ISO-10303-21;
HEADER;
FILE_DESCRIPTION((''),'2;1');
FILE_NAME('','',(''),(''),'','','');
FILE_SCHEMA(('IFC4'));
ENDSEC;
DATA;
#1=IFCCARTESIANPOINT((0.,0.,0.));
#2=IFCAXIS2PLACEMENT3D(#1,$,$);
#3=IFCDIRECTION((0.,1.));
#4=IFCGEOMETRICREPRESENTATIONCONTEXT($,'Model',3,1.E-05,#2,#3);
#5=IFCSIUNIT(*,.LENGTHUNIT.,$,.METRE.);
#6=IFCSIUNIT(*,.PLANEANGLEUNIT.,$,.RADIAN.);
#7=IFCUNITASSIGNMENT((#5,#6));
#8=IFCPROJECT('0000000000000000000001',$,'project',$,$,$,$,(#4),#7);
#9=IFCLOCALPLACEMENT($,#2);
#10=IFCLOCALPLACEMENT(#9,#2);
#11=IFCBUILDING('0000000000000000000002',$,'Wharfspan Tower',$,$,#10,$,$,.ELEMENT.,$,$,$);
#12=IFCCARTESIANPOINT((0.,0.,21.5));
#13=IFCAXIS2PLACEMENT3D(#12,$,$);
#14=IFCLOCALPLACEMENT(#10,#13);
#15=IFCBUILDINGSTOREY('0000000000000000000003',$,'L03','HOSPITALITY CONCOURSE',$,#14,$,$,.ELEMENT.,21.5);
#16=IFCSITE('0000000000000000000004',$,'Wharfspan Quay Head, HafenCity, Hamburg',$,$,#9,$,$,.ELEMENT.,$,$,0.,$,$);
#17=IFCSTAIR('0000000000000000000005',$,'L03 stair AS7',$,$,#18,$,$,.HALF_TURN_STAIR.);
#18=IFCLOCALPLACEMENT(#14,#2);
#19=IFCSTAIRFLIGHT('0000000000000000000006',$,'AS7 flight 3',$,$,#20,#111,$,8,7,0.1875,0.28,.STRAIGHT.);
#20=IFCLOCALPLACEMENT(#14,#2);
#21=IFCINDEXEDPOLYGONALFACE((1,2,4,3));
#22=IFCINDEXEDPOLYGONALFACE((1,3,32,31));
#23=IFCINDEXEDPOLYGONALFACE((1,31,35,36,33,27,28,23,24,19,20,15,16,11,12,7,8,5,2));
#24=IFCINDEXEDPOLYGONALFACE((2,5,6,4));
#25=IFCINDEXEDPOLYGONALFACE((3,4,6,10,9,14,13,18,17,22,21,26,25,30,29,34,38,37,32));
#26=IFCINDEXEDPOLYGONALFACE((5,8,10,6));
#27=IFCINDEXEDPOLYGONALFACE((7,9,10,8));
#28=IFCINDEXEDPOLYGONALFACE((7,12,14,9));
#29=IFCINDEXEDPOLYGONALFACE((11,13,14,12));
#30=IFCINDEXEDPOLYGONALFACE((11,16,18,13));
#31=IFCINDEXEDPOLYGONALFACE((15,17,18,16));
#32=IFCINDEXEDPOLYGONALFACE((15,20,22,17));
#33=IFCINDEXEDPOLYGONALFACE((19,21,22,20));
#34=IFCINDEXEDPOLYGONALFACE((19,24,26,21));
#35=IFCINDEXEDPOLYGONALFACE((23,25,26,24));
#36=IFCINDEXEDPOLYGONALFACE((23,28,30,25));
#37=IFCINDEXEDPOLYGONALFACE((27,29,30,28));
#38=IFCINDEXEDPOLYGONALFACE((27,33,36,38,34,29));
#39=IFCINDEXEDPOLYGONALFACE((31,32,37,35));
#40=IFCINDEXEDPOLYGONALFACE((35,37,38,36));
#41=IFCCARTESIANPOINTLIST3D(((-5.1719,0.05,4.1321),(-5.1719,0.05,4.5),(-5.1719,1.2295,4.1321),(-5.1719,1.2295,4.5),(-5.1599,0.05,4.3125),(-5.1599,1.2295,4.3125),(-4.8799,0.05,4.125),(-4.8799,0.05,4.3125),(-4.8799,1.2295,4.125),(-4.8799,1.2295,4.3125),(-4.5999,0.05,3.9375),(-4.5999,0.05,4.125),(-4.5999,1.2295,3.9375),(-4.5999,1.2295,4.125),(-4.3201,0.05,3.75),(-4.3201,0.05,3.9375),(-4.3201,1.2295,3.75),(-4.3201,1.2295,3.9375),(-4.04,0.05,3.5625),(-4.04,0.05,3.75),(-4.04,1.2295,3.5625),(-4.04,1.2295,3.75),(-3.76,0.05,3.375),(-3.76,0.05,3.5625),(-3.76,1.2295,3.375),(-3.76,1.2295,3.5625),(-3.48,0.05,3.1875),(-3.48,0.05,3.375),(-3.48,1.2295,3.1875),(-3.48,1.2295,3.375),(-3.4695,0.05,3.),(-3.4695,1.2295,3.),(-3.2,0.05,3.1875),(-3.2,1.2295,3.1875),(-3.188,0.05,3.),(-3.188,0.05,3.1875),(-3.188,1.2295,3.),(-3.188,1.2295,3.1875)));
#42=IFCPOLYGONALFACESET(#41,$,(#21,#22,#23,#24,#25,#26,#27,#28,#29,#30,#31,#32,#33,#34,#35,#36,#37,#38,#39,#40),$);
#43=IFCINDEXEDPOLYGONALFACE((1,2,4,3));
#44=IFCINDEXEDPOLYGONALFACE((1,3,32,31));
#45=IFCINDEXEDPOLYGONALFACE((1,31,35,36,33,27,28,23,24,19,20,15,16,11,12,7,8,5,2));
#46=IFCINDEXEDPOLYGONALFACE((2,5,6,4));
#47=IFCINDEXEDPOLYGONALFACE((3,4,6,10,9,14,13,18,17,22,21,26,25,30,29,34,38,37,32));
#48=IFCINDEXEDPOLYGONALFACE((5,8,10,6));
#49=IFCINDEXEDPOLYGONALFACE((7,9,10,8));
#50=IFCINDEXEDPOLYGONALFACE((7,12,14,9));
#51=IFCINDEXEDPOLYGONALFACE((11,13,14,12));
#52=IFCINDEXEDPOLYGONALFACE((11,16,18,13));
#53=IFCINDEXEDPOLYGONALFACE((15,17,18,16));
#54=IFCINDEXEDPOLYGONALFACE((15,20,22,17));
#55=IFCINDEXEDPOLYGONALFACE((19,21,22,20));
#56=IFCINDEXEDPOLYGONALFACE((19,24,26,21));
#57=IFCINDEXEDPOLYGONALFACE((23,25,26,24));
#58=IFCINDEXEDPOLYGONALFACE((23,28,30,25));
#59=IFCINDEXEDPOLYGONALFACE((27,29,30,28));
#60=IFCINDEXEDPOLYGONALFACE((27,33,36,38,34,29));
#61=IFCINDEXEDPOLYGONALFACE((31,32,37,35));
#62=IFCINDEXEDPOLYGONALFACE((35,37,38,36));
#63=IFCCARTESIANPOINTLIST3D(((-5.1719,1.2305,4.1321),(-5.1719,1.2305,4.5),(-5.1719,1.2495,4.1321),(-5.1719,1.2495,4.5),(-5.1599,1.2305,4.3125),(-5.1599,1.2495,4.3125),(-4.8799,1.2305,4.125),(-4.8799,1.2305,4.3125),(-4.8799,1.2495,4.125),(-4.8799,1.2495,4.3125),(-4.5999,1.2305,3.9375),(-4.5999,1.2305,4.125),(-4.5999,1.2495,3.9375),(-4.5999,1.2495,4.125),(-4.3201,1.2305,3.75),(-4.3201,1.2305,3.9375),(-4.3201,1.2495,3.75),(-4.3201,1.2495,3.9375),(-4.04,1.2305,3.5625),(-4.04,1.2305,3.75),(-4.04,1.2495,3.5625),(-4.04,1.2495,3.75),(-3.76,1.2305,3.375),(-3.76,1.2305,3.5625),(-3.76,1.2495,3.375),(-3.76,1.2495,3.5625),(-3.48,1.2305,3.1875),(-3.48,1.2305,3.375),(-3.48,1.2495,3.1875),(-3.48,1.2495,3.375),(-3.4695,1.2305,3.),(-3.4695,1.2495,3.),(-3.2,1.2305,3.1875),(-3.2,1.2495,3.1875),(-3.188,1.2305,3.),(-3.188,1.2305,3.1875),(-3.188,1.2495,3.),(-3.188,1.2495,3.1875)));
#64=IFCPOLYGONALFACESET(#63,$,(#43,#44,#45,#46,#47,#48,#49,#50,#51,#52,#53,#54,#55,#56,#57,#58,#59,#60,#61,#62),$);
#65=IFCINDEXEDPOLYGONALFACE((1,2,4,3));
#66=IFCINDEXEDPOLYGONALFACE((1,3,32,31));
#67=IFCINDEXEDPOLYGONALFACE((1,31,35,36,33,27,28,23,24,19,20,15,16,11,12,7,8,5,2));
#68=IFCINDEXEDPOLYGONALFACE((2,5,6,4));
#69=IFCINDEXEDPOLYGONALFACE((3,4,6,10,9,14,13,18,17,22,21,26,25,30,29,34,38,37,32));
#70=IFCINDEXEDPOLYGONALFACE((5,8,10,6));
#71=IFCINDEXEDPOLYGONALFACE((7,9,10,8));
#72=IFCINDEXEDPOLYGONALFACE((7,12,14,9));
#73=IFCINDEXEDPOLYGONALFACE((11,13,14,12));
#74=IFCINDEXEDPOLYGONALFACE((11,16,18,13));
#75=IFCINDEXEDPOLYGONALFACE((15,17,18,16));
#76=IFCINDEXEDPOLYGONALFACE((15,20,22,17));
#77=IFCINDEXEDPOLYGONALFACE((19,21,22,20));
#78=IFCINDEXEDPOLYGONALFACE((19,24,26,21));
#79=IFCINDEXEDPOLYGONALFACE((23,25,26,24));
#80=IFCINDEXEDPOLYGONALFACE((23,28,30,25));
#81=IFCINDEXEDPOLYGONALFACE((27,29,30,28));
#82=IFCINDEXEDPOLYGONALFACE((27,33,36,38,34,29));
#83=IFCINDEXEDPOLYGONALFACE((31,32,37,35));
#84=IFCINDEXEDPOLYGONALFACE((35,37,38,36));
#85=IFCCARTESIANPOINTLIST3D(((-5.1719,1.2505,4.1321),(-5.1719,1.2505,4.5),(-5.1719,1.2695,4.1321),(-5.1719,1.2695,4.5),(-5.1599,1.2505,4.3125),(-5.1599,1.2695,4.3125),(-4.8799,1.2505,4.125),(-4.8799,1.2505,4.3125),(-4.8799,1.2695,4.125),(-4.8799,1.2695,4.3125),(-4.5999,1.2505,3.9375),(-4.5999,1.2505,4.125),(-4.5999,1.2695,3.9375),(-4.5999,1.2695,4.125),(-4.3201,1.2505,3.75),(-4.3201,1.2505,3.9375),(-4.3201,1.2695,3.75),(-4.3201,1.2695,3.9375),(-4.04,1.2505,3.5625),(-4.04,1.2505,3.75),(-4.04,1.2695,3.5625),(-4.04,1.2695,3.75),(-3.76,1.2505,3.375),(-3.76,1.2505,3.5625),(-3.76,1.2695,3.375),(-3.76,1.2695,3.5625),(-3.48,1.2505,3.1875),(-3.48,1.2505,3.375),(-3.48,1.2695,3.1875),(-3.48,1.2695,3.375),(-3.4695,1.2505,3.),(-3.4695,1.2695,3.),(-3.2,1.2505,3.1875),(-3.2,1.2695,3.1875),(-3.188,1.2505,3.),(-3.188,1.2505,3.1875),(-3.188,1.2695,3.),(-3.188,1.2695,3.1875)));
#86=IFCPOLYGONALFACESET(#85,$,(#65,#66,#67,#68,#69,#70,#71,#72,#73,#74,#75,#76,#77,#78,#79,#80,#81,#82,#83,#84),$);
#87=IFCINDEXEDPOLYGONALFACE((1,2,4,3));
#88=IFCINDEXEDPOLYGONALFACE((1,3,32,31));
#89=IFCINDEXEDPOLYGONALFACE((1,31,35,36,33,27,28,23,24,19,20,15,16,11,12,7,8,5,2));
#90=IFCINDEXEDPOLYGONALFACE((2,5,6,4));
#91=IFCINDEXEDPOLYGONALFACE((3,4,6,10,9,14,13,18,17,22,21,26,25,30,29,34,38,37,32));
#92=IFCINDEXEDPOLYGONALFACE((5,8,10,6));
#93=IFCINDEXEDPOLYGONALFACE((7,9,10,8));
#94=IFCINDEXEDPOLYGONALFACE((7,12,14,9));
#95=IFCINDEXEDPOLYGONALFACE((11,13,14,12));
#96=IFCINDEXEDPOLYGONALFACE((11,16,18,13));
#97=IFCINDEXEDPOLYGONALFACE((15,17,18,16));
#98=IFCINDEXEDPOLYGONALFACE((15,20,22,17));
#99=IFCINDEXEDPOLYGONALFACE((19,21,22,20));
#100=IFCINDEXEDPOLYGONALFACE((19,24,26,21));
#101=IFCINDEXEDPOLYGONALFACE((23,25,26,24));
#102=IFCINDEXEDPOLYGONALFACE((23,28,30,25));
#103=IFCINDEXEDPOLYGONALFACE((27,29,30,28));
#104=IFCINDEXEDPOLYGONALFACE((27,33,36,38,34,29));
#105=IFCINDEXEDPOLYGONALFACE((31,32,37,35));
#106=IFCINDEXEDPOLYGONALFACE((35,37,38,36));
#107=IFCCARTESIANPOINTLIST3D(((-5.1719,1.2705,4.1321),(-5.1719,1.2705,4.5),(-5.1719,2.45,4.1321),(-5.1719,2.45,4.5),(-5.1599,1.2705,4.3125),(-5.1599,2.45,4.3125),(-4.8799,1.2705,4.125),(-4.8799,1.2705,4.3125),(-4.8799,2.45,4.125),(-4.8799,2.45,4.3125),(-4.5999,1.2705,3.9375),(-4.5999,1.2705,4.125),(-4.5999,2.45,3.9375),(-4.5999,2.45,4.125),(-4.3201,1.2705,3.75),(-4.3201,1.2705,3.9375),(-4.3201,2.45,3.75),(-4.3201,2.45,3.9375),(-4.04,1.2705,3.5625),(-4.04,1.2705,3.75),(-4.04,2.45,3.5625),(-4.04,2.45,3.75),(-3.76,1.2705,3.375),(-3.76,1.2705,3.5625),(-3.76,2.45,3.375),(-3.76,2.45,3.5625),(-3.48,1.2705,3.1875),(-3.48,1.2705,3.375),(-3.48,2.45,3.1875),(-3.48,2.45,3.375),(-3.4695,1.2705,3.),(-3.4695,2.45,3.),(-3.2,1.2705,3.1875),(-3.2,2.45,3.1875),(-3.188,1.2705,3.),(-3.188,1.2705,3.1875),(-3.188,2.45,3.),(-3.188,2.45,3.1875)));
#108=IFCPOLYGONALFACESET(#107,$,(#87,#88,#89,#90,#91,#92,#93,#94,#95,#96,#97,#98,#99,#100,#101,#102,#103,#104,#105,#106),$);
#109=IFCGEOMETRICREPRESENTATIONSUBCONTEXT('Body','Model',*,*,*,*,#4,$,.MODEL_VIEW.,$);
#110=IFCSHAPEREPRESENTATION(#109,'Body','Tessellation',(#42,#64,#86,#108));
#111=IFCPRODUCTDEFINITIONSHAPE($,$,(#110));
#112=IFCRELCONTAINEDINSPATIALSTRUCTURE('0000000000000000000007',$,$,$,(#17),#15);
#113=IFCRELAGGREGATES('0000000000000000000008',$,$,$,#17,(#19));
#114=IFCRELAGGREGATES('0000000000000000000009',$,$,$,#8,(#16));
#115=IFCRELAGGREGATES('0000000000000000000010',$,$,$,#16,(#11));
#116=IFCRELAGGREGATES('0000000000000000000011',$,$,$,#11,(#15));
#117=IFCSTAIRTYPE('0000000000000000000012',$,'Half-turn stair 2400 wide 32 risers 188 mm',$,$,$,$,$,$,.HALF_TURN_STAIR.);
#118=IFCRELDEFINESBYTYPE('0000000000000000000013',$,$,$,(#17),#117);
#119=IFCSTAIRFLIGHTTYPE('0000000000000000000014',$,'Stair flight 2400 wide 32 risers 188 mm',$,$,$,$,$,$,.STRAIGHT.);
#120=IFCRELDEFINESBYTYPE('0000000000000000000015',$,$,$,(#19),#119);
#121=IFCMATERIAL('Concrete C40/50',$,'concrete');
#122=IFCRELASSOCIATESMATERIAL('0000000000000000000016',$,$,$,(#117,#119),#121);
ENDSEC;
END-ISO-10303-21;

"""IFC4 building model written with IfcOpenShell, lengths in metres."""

from ifc_helpers import new_model, si_unit, direction, frame, origin, place, context, subcontext, project, spatial, polyline, outline, extrude, material, type_object, element, aggregate, save


model = new_model("IFC4")

# Units and contexts
model_context = context("Model", 3, precision=1e-05, world=origin(), true_north=direction((0.0, 1.0)))
body_context = subcontext(model_context, "Body", "Model", "MODEL_VIEW")
ifc_project = project(units=[si_unit("LENGTHUNIT", "METRE"), si_unit("PLANEANGLEUNIT", "RADIAN")], contexts=[model_context])

# Site, building, storey
site_placement = place(None, origin())
site = spatial("IfcSite", under=ifc_project, at=site_placement, Name="Wharfspan Quay Head, HafenCity, Hamburg", CompositionType="ELEMENT", RefElevation=0.0)
building_placement = place(site_placement, origin())
building = spatial("IfcBuilding", under=site, at=building_placement, Name="Wharfspan Tower", CompositionType="ELEMENT")
storey_placement = place(building_placement, frame((0.0, 0.0, 21.5)))
storey = spatial("IfcBuildingStorey", under=building, at=storey_placement, Name="L03", Description="HOSPITALITY CONCOURSE", CompositionType="ELEMENT", Elevation=21.5)

# Shared definitions
ifc_material_1 = material(Name="Concrete C40/50", Category="concrete")

# Stair, stair flight
stair_type = type_object("IfcStairType", Name="Half-turn stair 2400 wide 32 risers 188 mm", PredefinedType="HALF_TURN_STAIR", material=ifc_material_1)
stair_placement = place(storey_placement, origin())
stair = element("IfcStair", 1, at=stair_placement, inside=storey, type_object=stair_type, Name="L03 stair AS7", PredefinedType="HALF_TURN_STAIR")
stair_flight_type = type_object("IfcStairFlightType", Name="Stair flight 2400 wide 32 risers 188 mm", PredefinedType="STRAIGHT", material=ifc_material_1)
stair_flight_1_placement = place(storey_placement, frame((-3.2, 1.25, 3.0), z_axis=(0.0, 0.0, 1.0), x_axis=(-1.0, 0.0, 0.0)))
stair_flight_1 = element("IfcStairFlight", 2, at=stair_flight_1_placement, type_object=stair_flight_type, Name="AS7 flight 3", NumberOfRisers=8, NumberOfTreads=7, PredefinedType="STRAIGHT", RiserHeight=0.1875, TreadLength=0.28, context=body_context, shape_type="SweptSolid", body=[
    extrude(outline(polyline([(-0.012, 0.0), (-0.012, 0.1875), (0.0, 0.1875), (0.28, 0.1875), (0.28, 0.375), (0.5601, 0.375), (0.5601, 0.5625), (0.8401, 0.5625), (0.8401, 0.75), (1.1201, 0.75), (1.1201, 0.9375), (1.3999, 0.9375), (1.3999, 1.125), (1.6799, 1.125), (1.6799, 1.3125), (1.96, 1.3125), (1.9719, 1.5), (1.9719, 1.1321), (0.2695, 0.0), (-0.012, 0.0)])), frame((0.0, 1.2, 0.0), z_axis=(0.0, -1.0, 0.0), x_axis=(1.0, 0.0, 0.0)), (0.0, 0.0, 1.0), 1.1794),
    extrude(outline(polyline([(-0.012, 0.0), (-0.012, 0.1875), (0.0, 0.1875), (0.28, 0.1875), (0.28, 0.375), (0.5601, 0.375), (0.5601, 0.5625), (0.8401, 0.5625), (0.8401, 0.75), (1.1201, 0.75), (1.1201, 0.9375), (1.3999, 0.9375), (1.3999, 1.125), (1.6799, 1.125), (1.6799, 1.3125), (1.96, 1.3125), (1.9719, 1.5), (1.9719, 1.1321), (0.2695, 0.0), (-0.012, 0.0)])), frame((0.0, 0.0195, 0.0), z_axis=(0.0, -1.0, 0.0), x_axis=(1.0, 0.0, 0.0)), (0.0, 0.0, 1.0), 0.019),
    extrude(outline(polyline([(-0.012, 0.0), (-0.012, 0.1875), (0.0, 0.1875), (0.28, 0.1875), (0.28, 0.375), (0.5601, 0.375), (0.5601, 0.5625), (0.8401, 0.5625), (0.8401, 0.75), (1.1201, 0.75), (1.1201, 0.9375), (1.3999, 0.9375), (1.3999, 1.125), (1.6799, 1.125), (1.6799, 1.3125), (1.96, 1.3125), (1.9719, 1.5), (1.9719, 1.1321), (0.2695, 0.0), (-0.012, 0.0)])), frame((0.0, -0.0005, 0.0), z_axis=(0.0, -1.0, 0.0), x_axis=(1.0, 0.0, 0.0)), (0.0, 0.0, 1.0), 0.019),
    extrude(outline(polyline([(-0.012, 0.0), (-0.012, 0.1875), (0.0, 0.1875), (0.28, 0.1875), (0.28, 0.375), (0.5601, 0.375), (0.5601, 0.5625), (0.8401, 0.5625), (0.8401, 0.75), (1.1201, 0.75), (1.1201, 0.9375), (1.3999, 0.9375), (1.3999, 1.125), (1.6799, 1.125), (1.6799, 1.3125), (1.96, 1.3125), (1.9719, 1.5), (1.9719, 1.1321), (0.2695, 0.0), (-0.012, 0.0)])), frame((0.0, -0.0205, 0.0), z_axis=(0.0, -1.0, 0.0), x_axis=(1.0, 0.0, 0.0)), (0.0, 0.0, 1.0), 1.1794),
])
aggregate(stair, [stair_flight_1])

save(model, "model.ifc")
